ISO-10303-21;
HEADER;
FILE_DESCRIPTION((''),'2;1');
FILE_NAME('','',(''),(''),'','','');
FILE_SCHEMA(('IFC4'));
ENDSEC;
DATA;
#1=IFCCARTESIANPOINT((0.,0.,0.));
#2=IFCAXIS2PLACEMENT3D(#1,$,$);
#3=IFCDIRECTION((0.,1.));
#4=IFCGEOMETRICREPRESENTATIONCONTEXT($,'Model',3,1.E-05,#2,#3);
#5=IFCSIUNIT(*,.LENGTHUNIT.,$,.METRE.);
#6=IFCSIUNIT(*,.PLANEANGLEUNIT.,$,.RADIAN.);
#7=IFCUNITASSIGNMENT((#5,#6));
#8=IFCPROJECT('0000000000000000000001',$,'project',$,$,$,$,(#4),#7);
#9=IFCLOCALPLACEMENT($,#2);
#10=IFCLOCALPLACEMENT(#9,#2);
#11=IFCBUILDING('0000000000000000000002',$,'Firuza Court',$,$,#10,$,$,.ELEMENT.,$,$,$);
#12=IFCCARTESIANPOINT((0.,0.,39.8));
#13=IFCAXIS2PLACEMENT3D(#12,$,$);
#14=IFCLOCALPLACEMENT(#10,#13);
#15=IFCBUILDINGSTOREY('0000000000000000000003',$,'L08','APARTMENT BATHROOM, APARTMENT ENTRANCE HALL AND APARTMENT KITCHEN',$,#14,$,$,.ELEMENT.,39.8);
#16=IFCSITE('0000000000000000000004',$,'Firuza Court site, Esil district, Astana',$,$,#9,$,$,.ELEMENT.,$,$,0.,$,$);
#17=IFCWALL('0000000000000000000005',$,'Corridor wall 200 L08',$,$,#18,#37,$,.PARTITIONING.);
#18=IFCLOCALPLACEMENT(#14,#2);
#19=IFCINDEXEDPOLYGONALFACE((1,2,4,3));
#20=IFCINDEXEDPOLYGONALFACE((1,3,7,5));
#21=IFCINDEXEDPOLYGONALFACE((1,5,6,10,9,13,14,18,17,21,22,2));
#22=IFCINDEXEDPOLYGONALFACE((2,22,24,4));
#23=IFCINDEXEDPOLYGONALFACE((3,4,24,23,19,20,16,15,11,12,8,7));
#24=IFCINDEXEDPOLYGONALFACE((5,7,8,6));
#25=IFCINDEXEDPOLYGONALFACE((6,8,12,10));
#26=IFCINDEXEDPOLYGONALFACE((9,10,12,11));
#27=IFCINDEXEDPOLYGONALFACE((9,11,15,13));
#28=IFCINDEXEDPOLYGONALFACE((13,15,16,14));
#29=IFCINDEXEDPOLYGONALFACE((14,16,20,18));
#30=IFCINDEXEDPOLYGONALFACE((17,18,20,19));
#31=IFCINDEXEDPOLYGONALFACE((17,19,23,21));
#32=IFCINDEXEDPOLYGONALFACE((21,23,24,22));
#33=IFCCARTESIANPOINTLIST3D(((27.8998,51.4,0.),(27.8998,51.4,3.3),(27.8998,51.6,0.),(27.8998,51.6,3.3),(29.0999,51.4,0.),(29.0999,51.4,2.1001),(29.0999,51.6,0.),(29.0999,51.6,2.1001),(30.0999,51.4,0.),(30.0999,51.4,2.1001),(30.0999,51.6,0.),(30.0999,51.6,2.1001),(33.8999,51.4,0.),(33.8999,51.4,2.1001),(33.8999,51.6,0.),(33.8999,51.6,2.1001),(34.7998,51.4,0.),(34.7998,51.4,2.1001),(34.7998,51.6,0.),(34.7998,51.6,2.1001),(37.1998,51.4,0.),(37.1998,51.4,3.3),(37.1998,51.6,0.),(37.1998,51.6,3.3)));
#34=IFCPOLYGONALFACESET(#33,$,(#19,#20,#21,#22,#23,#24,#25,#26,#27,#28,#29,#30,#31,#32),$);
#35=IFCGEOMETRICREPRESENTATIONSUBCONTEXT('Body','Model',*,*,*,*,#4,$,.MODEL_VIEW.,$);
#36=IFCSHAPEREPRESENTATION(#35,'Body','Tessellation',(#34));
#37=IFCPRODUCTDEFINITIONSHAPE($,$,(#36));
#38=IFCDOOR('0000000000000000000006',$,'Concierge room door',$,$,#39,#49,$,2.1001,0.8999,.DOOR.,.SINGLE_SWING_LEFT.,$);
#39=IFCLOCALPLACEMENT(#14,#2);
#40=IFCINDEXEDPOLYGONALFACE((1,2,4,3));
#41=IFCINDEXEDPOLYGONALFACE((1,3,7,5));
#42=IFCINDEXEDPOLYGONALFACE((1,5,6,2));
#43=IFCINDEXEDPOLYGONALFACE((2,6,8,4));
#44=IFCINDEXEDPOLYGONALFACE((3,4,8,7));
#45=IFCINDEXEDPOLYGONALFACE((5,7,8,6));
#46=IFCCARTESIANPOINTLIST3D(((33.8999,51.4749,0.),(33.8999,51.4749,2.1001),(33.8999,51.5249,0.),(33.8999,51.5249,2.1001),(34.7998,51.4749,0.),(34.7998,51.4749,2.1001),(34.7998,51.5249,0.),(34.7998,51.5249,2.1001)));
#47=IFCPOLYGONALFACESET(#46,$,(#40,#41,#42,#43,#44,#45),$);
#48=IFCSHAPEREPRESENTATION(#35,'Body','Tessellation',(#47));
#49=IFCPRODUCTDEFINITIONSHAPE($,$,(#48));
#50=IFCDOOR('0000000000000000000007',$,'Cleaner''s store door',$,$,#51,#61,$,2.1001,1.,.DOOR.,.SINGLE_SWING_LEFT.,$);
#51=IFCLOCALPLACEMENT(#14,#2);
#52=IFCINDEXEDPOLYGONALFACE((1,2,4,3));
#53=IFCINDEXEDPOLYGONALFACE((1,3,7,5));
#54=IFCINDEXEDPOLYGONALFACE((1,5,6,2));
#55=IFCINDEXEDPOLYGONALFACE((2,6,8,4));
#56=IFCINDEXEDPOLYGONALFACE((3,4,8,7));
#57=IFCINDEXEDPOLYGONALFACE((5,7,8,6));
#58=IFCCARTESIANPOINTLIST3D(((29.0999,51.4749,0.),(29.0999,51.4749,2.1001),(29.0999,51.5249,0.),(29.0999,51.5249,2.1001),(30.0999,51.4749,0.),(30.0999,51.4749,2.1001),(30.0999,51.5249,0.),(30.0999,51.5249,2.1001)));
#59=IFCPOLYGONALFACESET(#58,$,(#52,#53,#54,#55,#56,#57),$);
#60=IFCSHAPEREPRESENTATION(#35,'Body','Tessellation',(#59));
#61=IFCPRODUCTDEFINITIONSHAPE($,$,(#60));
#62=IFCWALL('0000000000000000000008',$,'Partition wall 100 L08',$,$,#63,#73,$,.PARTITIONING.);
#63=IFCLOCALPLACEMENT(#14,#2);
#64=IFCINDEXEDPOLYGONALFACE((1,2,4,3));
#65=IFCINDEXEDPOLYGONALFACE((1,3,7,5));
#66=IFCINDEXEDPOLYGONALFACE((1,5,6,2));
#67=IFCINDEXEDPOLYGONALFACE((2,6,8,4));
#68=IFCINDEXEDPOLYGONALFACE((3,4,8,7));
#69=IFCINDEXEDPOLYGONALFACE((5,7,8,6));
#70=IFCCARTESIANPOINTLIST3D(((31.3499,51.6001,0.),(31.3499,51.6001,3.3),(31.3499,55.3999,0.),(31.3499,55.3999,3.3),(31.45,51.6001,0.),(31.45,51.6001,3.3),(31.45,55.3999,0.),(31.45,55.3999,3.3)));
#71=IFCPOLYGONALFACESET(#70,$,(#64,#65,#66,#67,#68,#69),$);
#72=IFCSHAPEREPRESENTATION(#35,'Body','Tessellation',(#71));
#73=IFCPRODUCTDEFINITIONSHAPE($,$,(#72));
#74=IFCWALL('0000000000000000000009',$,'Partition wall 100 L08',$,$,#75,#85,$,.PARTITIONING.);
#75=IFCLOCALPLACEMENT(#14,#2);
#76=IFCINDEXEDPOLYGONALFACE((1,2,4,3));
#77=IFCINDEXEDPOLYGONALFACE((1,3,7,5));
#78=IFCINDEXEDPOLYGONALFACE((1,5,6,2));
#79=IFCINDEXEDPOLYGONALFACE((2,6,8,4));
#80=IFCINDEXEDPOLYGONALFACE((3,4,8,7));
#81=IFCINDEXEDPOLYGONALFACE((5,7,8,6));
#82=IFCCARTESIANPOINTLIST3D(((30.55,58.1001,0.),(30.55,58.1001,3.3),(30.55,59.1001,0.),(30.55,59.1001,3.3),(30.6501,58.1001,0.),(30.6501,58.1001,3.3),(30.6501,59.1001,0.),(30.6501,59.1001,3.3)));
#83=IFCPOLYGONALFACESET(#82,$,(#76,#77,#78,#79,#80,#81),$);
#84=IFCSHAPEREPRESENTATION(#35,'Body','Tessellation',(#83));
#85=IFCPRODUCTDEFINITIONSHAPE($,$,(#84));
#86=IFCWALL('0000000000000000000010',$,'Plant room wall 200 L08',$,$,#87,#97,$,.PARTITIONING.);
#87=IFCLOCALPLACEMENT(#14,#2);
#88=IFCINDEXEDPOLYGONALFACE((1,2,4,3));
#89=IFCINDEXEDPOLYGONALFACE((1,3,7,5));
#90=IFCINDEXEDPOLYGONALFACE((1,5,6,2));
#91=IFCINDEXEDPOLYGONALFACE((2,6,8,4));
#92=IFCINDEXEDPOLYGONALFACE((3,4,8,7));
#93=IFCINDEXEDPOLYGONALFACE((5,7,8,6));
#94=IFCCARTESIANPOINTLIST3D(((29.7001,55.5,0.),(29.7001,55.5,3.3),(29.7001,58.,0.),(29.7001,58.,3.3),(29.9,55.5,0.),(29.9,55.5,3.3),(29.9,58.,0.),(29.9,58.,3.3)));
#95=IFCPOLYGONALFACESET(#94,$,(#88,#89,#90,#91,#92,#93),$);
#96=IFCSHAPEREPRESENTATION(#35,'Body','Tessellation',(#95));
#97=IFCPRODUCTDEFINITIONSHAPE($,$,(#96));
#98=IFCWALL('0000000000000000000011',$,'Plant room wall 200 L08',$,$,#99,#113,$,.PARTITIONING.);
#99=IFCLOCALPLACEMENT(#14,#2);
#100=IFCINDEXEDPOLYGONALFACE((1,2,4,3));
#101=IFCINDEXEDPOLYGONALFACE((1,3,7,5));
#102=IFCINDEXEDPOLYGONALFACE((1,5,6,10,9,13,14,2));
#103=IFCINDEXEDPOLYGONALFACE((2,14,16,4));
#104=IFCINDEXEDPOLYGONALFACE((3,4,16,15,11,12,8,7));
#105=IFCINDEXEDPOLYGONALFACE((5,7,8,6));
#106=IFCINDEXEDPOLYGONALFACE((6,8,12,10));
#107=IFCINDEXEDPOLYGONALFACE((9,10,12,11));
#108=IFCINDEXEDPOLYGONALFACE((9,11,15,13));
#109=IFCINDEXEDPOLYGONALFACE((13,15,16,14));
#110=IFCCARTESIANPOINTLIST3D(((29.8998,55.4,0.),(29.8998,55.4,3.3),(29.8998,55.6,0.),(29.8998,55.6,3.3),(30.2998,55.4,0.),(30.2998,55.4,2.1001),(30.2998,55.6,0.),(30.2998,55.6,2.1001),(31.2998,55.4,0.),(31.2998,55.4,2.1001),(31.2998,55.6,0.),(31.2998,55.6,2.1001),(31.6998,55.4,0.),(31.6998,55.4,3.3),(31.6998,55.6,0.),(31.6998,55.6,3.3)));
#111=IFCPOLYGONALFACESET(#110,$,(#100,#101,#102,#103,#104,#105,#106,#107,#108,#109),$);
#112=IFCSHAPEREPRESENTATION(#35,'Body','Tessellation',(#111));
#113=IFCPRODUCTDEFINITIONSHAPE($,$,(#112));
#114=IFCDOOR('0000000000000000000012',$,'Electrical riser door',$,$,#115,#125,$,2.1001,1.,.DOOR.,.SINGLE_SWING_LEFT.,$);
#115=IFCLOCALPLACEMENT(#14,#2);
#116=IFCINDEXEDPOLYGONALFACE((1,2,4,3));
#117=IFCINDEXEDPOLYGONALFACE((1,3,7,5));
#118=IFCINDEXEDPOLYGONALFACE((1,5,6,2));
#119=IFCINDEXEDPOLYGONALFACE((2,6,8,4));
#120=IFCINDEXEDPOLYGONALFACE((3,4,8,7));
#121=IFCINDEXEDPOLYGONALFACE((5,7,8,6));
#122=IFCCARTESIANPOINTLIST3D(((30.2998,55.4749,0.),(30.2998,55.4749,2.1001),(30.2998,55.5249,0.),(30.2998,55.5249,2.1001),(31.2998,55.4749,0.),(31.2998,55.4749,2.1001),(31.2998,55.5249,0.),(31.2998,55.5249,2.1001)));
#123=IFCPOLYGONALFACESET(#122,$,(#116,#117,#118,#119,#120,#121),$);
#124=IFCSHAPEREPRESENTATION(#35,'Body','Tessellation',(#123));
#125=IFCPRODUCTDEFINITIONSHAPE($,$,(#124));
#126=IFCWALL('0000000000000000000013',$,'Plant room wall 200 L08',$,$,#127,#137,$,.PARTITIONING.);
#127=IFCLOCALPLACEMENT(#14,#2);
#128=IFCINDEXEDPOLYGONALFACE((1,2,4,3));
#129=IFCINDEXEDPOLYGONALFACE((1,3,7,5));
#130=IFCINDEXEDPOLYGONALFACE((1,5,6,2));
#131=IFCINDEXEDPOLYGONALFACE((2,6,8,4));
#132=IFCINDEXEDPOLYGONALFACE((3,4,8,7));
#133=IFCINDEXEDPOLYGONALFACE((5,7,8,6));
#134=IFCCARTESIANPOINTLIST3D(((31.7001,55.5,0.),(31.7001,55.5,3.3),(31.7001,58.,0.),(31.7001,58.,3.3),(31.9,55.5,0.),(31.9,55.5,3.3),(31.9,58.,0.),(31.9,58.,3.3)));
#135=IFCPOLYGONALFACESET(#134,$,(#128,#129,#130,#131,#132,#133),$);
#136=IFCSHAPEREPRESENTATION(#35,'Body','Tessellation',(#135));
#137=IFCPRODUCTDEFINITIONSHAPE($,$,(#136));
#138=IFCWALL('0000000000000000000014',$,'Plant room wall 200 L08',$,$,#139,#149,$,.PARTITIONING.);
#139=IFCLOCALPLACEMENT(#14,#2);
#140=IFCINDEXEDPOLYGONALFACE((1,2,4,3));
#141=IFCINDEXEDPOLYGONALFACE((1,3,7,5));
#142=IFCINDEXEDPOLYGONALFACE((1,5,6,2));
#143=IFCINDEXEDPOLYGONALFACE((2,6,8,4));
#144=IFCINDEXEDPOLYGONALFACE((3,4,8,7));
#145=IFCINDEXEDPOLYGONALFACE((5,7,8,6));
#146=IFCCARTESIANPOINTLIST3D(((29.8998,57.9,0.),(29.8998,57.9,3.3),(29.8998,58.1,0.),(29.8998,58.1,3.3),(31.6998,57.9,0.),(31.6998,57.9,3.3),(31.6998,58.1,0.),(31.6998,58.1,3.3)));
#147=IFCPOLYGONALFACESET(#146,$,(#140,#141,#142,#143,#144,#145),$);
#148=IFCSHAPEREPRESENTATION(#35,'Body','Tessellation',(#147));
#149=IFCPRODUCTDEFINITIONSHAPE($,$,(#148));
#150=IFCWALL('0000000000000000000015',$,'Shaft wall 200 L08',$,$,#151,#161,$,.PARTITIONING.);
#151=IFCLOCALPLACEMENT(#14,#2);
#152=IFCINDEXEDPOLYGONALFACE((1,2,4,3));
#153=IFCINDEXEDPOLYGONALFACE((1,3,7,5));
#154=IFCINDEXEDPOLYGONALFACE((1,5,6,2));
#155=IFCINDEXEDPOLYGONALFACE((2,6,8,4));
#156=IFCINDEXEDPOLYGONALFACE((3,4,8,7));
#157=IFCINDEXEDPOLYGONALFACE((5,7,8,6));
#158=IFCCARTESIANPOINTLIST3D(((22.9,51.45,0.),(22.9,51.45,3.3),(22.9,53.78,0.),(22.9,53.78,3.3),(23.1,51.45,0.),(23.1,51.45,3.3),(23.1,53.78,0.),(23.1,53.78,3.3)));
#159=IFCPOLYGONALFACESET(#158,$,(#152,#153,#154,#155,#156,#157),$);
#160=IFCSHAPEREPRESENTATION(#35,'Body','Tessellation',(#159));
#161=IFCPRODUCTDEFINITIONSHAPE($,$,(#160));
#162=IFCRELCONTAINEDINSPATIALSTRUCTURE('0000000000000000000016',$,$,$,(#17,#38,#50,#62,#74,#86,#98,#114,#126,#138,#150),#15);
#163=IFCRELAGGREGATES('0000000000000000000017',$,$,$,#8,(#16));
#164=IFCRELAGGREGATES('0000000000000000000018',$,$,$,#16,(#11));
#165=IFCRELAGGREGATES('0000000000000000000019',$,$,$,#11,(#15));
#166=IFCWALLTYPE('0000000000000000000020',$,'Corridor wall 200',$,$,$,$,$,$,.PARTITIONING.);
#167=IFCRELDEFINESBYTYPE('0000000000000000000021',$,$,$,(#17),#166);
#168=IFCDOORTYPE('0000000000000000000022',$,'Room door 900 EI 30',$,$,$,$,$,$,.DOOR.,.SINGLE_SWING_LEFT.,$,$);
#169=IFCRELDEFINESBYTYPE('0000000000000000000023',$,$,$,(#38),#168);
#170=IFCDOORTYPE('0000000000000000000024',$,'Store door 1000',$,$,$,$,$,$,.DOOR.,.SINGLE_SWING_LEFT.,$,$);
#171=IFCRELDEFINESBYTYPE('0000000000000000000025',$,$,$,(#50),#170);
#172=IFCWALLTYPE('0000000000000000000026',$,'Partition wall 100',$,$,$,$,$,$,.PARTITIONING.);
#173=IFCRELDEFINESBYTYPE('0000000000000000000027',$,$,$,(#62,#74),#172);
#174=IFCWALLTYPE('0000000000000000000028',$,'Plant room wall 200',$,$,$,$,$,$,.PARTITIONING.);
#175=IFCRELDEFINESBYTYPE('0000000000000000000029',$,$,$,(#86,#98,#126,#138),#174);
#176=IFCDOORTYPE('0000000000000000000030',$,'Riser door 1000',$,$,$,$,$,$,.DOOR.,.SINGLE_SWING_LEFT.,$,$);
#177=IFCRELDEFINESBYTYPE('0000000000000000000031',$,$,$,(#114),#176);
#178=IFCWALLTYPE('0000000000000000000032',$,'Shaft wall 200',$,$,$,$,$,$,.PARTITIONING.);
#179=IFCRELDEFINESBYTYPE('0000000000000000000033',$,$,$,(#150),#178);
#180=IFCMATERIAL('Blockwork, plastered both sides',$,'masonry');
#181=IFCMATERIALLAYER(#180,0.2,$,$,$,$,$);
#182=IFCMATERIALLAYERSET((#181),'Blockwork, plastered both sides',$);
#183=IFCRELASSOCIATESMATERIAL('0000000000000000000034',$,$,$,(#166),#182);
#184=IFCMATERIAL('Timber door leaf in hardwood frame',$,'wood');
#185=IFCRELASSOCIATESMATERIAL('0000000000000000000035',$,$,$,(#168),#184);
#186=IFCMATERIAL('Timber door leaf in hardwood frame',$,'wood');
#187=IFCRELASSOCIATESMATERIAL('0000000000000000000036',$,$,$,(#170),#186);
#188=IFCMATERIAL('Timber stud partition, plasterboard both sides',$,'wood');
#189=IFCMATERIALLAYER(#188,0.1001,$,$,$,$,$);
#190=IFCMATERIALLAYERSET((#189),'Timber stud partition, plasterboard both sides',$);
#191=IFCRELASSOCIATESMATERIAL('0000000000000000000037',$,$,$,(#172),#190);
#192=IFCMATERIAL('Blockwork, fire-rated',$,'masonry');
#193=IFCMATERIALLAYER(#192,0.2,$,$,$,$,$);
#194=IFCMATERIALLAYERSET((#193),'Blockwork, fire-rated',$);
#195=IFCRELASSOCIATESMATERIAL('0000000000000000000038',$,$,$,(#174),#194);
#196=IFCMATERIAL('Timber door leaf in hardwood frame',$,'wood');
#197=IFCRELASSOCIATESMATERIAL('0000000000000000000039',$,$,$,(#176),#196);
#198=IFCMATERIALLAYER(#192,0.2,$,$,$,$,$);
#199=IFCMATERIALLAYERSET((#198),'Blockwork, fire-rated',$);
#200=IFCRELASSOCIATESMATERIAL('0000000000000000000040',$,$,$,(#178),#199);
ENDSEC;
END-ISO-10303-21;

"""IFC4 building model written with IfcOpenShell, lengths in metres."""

from ifc_helpers import new_model, si_unit, direction, frame, frame_2d, origin, place, context, subcontext, project, spatial, rectangle, extrude, material, layer, layer_set, type_object, element, fill, save


model = new_model("IFC4")

# Units and contexts
model_context = context("Model", 3, precision=1e-05, world=origin(), true_north=direction((0.0, 1.0)))
body_context = subcontext(model_context, "Body", "Model", "MODEL_VIEW")
ifc_project = project(units=[si_unit("LENGTHUNIT", "METRE"), si_unit("PLANEANGLEUNIT", "RADIAN")], contexts=[model_context])

# Site, building, storey
site_placement = place(None, origin())
site = spatial("IfcSite", under=ifc_project, at=site_placement, Name="Firuza Court site, Esil district, Astana", CompositionType="ELEMENT", RefElevation=0.0)
building_placement = place(site_placement, origin())
building = spatial("IfcBuilding", under=site, at=building_placement, Name="Firuza Court", CompositionType="ELEMENT")
storey_placement = place(building_placement, frame((0.0, 0.0, 39.8)))
storey = spatial("IfcBuildingStorey", under=building, at=storey_placement, Name="L08", Description="APARTMENT BATHROOM, APARTMENT ENTRANCE HALL AND APARTMENT KITCHEN", CompositionType="ELEMENT", Elevation=39.8)

# Wall, openings, doors
ifc_material_1 = material(Name="Blockwork, plastered both sides", Category="masonry")
ifc_layer_1 = layer(ifc_material_1, 0.2)
ifc_layer_set_1 = layer_set([ifc_layer_1], Name="Blockwork, plastered both sides")
wall_type_1 = type_object("IfcWallType", Name="Corridor wall 200", PredefinedType="PARTITIONING", material=ifc_layer_set_1)
wall_1_placement = place(storey_placement, frame((27.8999, 51.5, 0.0), z_axis=(0.0, 0.0, 1.0), x_axis=(1.0, 0.0, 0.0)))
wall_1 = element("IfcWall", 1, at=wall_1_placement, inside=storey, type_object=wall_type_1, Name="Corridor wall 200 L08", PredefinedType="PARTITIONING", context=body_context, shape_type="SweptSolid", body=[
    extrude(rectangle(XDim=9.3, YDim=0.2, at=frame_2d((4.6499, 0.0))), origin(), (0.0, 0.0, 1.0), 3.3),
])
opening_1_placement = place(wall_1_placement, frame((1.2, 0.0, 0.0)))
opening_1 = element("IfcOpeningElement", 2, at=opening_1_placement, cuts=wall_1, PredefinedType="OPENING", context=body_context, shape_type="SweptSolid", body=[
    extrude(rectangle(XDim=1.0, YDim=2.1001, at=frame_2d((0.5, 1.05))), frame((0.0, 0.1118, 0.0), z_axis=(0.0, -1.0, 0.0), x_axis=(1.0, 0.0, 0.0)), (0.0, 0.0, 1.0), 0.2239),
])
opening_2_placement = place(wall_1_placement, frame((6.0, 0.0, 0.0)))
opening_2 = element("IfcOpeningElement", 3, at=opening_2_placement, cuts=wall_1, PredefinedType="OPENING", context=body_context, shape_type="SweptSolid", body=[
    extrude(rectangle(XDim=0.8999, YDim=2.1001, at=frame_2d((0.45, 1.05))), frame((0.0, 0.1118, 0.0), z_axis=(0.0, -1.0, 0.0), x_axis=(1.0, 0.0, 0.0)), (0.0, 0.0, 1.0), 0.2239),
])
ifc_material_2 = material(Name="Timber door leaf in hardwood frame", Category="wood")
door_type_1 = type_object("IfcDoorType", Name="Room door 900 EI 30", OperationType="SINGLE_SWING_LEFT", PredefinedType="DOOR", material=ifc_material_2)
door_1_placement = place(opening_2_placement, origin())
door_1 = element("IfcDoor", 4, at=door_1_placement, inside=storey, type_object=door_type_1, Name="Concierge room door", OperationType="SINGLE_SWING_LEFT", OverallHeight=2.1001, OverallWidth=0.8999, PredefinedType="DOOR", context=body_context, shape_type="SweptSolid", body=[
    extrude(rectangle(XDim=0.8999, YDim=2.1001, at=frame_2d((0.45, 1.05))), frame((0.0, 0.0249, 0.0), z_axis=(0.0, -1.0, 0.0), x_axis=(1.0, 0.0, 0.0)), (0.0, 0.0, 1.0), 0.05),
])
fill(opening_2, door_1)
ifc_material_3 = material(Name="Timber door leaf in hardwood frame", Category="wood")
door_type_2 = type_object("IfcDoorType", Name="Store door 1000", OperationType="SINGLE_SWING_LEFT", PredefinedType="DOOR", material=ifc_material_3)
door_2_placement = place(opening_1_placement, origin())
door_2 = element("IfcDoor", 5, at=door_2_placement, inside=storey, type_object=door_type_2, Name="Cleaner's store door", OperationType="SINGLE_SWING_LEFT", OverallHeight=2.1001, OverallWidth=1.0, PredefinedType="DOOR", context=body_context, shape_type="SweptSolid", body=[
    extrude(rectangle(XDim=1.0, YDim=2.1001, at=frame_2d((0.5, 1.05))), frame((0.0, 0.0249, 0.0), z_axis=(0.0, -1.0, 0.0), x_axis=(1.0, 0.0, 0.0)), (0.0, 0.0, 1.0), 0.05),
])
fill(opening_1, door_2)

# Walls
ifc_material_4 = material(Name="Timber stud partition, plasterboard both sides", Category="wood")
ifc_layer_2 = layer(ifc_material_4, 0.1001)
ifc_layer_set_2 = layer_set([ifc_layer_2], Name="Timber stud partition, plasterboard both sides")
wall_type_2 = type_object("IfcWallType", Name="Partition wall 100", PredefinedType="PARTITIONING", material=ifc_layer_set_2)
wall_2_placement = place(storey_placement, frame((31.3999, 51.6001, 0.0), z_axis=(0.0, 0.0, 1.0), x_axis=(0.0, 1.0, 0.0)))
element("IfcWall", 6, at=wall_2_placement, inside=storey, type_object=wall_type_2, Name="Partition wall 100 L08", PredefinedType="PARTITIONING", context=body_context, shape_type="SweptSolid", body=[
    extrude(rectangle(XDim=3.7998, YDim=0.1001, at=frame_2d((1.8999, 0.0))), origin(), (0.0, 0.0, 1.0), 3.3),
])
wall_3_placement = place(storey_placement, frame((30.6001, 58.1001, 0.0), z_axis=(0.0, 0.0, 1.0), x_axis=(0.0, 1.0, 0.0)))
element("IfcWall", 7, at=wall_3_placement, inside=storey, type_object=wall_type_2, Name="Partition wall 100 L08", PredefinedType="PARTITIONING", context=body_context, shape_type="SweptSolid", body=[
    extrude(rectangle(XDim=1.0, YDim=0.1001, at=frame_2d((0.5, 0.0))), origin(), (0.0, 0.0, 1.0), 3.3),
])
ifc_material_5 = material(Name="Blockwork, fire-rated", Category="masonry")
ifc_layer_3 = layer(ifc_material_5, 0.2)
ifc_layer_set_3 = layer_set([ifc_layer_3], Name="Blockwork, fire-rated")
wall_type_3 = type_object("IfcWallType", Name="Plant room wall 200", PredefinedType="PARTITIONING", material=ifc_layer_set_3)
wall_4_placement = place(storey_placement, frame((29.8, 55.5, 0.0), z_axis=(0.0, 0.0, 1.0), x_axis=(0.0, 1.0, 0.0)))
element("IfcWall", 8, at=wall_4_placement, inside=storey, type_object=wall_type_3, Name="Plant room wall 200 L08", PredefinedType="PARTITIONING", context=body_context, shape_type="SweptSolid", body=[
    extrude(rectangle(XDim=2.5, YDim=0.2, at=frame_2d((1.25, 0.0))), origin(), (0.0, 0.0, 1.0), 3.3),
])

# Wall, opening, door
wall_5_placement = place(storey_placement, frame((29.8999, 55.5, 0.0), z_axis=(0.0, 0.0, 1.0), x_axis=(1.0, 0.0, 0.0)))
wall_5 = element("IfcWall", 9, at=wall_5_placement, inside=storey, type_object=wall_type_3, Name="Plant room wall 200 L08", PredefinedType="PARTITIONING", context=body_context, shape_type="SweptSolid", body=[
    extrude(rectangle(XDim=1.8, YDim=0.2, at=frame_2d((0.8999, 0.0))), origin(), (0.0, 0.0, 1.0), 3.3),
])
opening_3_placement = place(wall_5_placement, frame((0.3999, 0.0, 0.0)))
opening_3 = element("IfcOpeningElement", 10, at=opening_3_placement, cuts=wall_5, PredefinedType="OPENING", context=body_context, shape_type="SweptSolid", body=[
    extrude(rectangle(XDim=1.0, YDim=2.1001, at=frame_2d((0.5, 1.05))), frame((0.0, 0.1118, 0.0), z_axis=(0.0, -1.0, 0.0), x_axis=(1.0, 0.0, 0.0)), (0.0, 0.0, 1.0), 0.2239),
])
ifc_material_6 = material(Name="Timber door leaf in hardwood frame", Category="wood")
door_type_3 = type_object("IfcDoorType", Name="Riser door 1000", OperationType="SINGLE_SWING_LEFT", PredefinedType="DOOR", material=ifc_material_6)
door_3_placement = place(opening_3_placement, origin())
door_3 = element("IfcDoor", 11, at=door_3_placement, inside=storey, type_object=door_type_3, Name="Electrical riser door", OperationType="SINGLE_SWING_LEFT", OverallHeight=2.1001, OverallWidth=1.0, PredefinedType="DOOR", context=body_context, shape_type="SweptSolid", body=[
    extrude(rectangle(XDim=1.0, YDim=2.1001, at=frame_2d((0.5, 1.05))), frame((0.0, 0.0249, 0.0), z_axis=(0.0, -1.0, 0.0), x_axis=(1.0, 0.0, 0.0)), (0.0, 0.0, 1.0), 0.05),
])
fill(opening_3, door_3)

# Walls
wall_6_placement = place(storey_placement, frame((31.8, 55.5, 0.0), z_axis=(0.0, 0.0, 1.0), x_axis=(0.0, 1.0, 0.0)))
element("IfcWall", 12, at=wall_6_placement, inside=storey, type_object=wall_type_3, Name="Plant room wall 200 L08", PredefinedType="PARTITIONING", context=body_context, shape_type="SweptSolid", body=[
    extrude(rectangle(XDim=2.5, YDim=0.2, at=frame_2d((1.25, 0.0))), origin(), (0.0, 0.0, 1.0), 3.3),
])
wall_7_placement = place(storey_placement, frame((29.8999, 58.0, 0.0), z_axis=(0.0, 0.0, 1.0), x_axis=(1.0, 0.0, 0.0)))
element("IfcWall", 13, at=wall_7_placement, inside=storey, type_object=wall_type_3, Name="Plant room wall 200 L08", PredefinedType="PARTITIONING", context=body_context, shape_type="SweptSolid", body=[
    extrude(rectangle(XDim=1.8, YDim=0.2, at=frame_2d((0.8999, 0.0))), origin(), (0.0, 0.0, 1.0), 3.3),
])
ifc_layer_4 = layer(ifc_material_5, 0.2)
ifc_layer_set_4 = layer_set([ifc_layer_4], Name="Blockwork, fire-rated")
wall_type_4 = type_object("IfcWallType", Name="Shaft wall 200", PredefinedType="PARTITIONING", material=ifc_layer_set_4)
wall_8_placement = place(storey_placement, frame((23.0, 51.45, 0.0), z_axis=(0.0, 0.0, 1.0), x_axis=(0.0, 1.0, 0.0)))
element("IfcWall", 14, at=wall_8_placement, inside=storey, type_object=wall_type_4, Name="Shaft wall 200 L08", PredefinedType="PARTITIONING", context=body_context, shape_type="SweptSolid", body=[
    extrude(rectangle(XDim=2.3301, YDim=0.2, at=frame_2d((1.165, 0.0))), origin(), (0.0, 0.0, 1.0), 3.3),
])

save(model, "model.ifc")
